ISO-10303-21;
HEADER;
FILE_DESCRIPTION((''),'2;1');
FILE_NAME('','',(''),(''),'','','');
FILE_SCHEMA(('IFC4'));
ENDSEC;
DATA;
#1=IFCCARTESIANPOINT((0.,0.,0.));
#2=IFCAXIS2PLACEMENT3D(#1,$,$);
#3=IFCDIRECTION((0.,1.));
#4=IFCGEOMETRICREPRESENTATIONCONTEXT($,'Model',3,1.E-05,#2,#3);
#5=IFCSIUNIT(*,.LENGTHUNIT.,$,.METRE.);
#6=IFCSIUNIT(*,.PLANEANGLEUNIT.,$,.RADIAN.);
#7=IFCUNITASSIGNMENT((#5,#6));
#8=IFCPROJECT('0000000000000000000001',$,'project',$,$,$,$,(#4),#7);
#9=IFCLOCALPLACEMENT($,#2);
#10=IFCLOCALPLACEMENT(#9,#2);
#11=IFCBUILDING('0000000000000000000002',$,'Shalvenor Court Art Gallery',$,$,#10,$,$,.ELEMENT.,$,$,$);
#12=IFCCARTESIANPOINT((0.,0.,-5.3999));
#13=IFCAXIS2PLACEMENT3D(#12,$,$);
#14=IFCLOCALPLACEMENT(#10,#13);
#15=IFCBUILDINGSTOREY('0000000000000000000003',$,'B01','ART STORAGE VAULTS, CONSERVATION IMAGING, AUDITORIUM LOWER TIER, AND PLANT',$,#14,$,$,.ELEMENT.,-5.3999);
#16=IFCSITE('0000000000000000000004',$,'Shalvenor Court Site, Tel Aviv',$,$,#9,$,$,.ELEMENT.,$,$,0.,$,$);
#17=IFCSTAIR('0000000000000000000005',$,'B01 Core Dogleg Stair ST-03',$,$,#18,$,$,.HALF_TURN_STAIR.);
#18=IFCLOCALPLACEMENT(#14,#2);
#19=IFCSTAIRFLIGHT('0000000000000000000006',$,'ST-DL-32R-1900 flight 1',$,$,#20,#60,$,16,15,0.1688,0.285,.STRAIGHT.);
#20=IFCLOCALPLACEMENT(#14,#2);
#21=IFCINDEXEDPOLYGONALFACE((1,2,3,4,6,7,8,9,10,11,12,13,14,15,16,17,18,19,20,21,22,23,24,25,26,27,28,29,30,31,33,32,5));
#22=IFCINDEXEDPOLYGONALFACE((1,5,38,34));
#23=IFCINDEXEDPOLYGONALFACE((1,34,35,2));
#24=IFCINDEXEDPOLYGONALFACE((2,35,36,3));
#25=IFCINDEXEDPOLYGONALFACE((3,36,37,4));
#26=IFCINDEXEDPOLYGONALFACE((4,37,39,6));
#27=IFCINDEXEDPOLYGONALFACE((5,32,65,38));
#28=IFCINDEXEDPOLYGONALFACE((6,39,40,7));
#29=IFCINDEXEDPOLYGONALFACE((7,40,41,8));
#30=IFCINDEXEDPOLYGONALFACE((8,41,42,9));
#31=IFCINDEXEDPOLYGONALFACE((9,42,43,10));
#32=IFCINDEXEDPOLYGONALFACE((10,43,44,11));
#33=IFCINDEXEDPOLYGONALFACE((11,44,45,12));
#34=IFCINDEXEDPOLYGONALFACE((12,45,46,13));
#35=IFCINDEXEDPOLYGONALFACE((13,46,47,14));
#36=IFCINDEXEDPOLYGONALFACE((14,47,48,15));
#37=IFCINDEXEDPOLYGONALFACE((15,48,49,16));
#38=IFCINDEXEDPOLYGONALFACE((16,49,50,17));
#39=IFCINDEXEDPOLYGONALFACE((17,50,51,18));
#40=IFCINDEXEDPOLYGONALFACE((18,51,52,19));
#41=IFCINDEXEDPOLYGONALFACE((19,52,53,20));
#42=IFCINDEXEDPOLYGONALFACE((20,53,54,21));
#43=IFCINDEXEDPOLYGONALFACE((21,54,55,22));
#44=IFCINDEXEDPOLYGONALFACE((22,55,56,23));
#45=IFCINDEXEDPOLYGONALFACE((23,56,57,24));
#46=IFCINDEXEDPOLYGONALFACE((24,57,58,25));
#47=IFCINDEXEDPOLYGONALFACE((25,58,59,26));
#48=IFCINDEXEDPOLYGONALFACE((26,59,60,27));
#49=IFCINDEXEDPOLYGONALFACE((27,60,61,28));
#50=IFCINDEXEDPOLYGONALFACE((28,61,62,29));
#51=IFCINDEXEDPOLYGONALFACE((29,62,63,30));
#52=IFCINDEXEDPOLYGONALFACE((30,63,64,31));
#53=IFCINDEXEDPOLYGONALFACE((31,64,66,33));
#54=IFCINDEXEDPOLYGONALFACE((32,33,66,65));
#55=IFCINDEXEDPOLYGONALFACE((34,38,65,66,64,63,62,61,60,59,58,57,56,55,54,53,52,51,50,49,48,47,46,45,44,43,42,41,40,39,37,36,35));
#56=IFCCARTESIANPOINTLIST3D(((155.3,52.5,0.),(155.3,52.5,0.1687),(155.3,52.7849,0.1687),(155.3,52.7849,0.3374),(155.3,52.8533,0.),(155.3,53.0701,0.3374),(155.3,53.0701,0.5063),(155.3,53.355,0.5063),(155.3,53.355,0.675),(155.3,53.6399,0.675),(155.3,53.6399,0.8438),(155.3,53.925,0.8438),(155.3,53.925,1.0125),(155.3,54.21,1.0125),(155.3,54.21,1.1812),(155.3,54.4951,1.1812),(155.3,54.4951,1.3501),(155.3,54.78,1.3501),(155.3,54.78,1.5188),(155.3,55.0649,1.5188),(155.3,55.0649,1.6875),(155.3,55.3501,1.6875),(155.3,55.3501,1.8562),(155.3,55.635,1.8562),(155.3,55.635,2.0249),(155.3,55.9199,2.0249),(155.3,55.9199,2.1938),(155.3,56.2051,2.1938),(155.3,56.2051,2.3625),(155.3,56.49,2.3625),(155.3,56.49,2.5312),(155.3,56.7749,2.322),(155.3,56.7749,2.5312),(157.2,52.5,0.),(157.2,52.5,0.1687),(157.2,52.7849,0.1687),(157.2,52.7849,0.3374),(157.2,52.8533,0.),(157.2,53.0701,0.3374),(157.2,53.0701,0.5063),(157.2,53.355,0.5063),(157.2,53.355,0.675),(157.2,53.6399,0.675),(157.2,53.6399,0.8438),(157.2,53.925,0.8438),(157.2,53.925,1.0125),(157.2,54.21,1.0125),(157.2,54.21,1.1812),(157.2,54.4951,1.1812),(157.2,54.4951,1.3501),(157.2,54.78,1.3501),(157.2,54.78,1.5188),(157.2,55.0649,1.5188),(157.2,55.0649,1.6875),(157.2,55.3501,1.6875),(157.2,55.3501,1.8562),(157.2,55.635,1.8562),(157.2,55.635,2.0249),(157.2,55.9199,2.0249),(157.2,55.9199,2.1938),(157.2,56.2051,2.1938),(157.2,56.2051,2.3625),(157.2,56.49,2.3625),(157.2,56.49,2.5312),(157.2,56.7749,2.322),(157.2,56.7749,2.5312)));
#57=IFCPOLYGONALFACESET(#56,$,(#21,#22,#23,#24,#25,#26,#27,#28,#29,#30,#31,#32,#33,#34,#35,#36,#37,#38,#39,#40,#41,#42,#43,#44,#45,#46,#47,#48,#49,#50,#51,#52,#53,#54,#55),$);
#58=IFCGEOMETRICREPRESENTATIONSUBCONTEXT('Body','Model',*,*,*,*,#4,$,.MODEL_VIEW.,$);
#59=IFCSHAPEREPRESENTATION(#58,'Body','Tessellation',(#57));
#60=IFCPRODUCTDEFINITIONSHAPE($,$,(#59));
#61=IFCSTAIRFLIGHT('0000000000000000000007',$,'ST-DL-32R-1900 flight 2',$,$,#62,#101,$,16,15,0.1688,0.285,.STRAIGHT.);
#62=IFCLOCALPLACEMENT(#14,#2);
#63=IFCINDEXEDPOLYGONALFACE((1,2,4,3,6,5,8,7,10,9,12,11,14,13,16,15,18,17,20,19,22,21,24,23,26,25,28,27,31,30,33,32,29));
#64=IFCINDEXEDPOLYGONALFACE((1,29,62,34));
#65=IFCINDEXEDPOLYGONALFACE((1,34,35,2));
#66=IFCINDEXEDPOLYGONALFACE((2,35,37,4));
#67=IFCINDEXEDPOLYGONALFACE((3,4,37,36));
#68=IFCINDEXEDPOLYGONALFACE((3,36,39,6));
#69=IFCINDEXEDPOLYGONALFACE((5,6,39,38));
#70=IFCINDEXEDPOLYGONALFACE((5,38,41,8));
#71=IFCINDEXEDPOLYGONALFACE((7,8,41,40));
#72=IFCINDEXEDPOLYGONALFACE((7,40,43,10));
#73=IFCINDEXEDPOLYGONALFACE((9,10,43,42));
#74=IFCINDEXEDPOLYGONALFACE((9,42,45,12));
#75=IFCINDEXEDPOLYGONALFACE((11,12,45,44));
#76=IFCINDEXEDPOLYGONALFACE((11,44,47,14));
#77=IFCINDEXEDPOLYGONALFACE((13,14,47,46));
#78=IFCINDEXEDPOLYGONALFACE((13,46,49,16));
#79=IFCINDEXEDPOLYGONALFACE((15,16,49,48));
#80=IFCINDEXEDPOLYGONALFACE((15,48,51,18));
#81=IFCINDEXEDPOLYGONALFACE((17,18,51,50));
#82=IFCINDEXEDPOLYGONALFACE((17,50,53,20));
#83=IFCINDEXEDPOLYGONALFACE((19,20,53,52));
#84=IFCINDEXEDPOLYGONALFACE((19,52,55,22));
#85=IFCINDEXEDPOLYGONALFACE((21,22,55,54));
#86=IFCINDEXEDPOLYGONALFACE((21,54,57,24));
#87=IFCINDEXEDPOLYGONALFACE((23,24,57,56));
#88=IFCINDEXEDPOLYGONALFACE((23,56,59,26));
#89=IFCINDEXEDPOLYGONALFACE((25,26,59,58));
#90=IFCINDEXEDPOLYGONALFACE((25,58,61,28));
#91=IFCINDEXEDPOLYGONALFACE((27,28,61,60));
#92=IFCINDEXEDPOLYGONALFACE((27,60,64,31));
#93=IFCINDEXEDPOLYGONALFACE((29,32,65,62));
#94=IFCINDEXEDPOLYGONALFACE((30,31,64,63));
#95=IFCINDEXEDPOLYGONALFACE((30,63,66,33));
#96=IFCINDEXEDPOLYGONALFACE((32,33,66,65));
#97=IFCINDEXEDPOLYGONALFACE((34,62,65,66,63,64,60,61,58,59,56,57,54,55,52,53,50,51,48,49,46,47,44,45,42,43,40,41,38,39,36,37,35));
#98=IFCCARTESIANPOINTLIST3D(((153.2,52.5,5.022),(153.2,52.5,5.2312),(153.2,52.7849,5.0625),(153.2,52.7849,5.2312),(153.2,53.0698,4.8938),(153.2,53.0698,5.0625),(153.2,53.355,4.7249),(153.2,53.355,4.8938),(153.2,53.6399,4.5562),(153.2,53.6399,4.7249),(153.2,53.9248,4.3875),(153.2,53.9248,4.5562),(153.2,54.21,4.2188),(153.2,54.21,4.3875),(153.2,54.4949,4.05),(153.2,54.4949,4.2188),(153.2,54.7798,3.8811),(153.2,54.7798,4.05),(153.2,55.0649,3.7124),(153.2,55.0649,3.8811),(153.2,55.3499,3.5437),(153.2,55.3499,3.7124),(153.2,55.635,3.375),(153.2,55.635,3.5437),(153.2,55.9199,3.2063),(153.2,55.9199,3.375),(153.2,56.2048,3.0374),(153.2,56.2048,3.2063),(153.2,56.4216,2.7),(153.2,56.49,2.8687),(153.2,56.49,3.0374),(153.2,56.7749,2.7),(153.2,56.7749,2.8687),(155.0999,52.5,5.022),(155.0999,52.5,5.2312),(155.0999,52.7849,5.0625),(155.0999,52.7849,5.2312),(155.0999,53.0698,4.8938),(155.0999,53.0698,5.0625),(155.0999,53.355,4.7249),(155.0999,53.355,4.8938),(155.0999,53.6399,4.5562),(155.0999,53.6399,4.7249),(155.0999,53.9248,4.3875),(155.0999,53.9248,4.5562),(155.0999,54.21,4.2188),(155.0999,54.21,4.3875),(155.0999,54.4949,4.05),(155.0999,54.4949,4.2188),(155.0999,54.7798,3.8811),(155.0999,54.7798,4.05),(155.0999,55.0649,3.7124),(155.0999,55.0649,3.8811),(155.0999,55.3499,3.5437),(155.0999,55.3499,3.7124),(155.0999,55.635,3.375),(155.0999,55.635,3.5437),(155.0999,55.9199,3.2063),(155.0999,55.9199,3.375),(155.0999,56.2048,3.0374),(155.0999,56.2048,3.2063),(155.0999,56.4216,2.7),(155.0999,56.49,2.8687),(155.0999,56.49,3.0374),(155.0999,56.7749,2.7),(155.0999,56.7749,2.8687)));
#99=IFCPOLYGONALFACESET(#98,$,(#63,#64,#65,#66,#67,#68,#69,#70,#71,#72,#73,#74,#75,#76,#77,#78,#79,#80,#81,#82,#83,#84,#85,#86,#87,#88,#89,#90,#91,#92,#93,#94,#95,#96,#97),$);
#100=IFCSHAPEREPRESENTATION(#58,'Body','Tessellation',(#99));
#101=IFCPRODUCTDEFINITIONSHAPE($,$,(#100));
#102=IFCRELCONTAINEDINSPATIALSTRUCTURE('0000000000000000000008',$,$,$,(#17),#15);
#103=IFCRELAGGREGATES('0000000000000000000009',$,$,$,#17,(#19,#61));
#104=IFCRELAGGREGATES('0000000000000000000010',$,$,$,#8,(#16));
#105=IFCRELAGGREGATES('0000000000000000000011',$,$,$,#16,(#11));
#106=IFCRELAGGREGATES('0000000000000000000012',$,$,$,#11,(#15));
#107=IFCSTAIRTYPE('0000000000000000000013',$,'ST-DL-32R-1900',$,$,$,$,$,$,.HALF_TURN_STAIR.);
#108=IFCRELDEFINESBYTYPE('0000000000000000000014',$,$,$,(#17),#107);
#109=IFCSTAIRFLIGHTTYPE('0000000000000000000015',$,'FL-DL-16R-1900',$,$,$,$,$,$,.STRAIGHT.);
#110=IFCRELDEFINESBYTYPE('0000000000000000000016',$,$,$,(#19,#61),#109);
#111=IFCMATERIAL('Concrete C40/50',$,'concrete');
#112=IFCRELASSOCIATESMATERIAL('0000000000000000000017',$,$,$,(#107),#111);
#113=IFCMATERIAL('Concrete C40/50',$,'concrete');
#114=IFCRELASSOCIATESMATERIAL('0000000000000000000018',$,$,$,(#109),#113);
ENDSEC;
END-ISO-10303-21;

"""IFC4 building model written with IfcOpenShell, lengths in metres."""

from ifc_helpers import new_model, si_unit, direction, frame, origin, place, context, subcontext, project, spatial, polyline, outline, extrude, material, type_object, element, aggregate, save


model = new_model("IFC4")

# Units and contexts
model_context = context("Model", 3, precision=1e-05, world=origin(), true_north=direction((0.0, 1.0)))
body_context = subcontext(model_context, "Body", "Model", "MODEL_VIEW")
ifc_project = project(units=[si_unit("LENGTHUNIT", "METRE"), si_unit("PLANEANGLEUNIT", "RADIAN")], contexts=[model_context])

# Site, building, storey
site_placement = place(None, origin())
site = spatial("IfcSite", under=ifc_project, at=site_placement, Name="Shalvenor Court Site, Tel Aviv", CompositionType="ELEMENT", RefElevation=0.0)
building_placement = place(site_placement, origin())
building = spatial("IfcBuilding", under=site, at=building_placement, Name="Shalvenor Court Art Gallery", CompositionType="ELEMENT")
storey_placement = place(building_placement, frame((0.0, 0.0, -5.3999)))
storey = spatial("IfcBuildingStorey", under=building, at=storey_placement, Name="B01", Description="ART STORAGE VAULTS, CONSERVATION IMAGING, AUDITORIUM LOWER TIER, AND PLANT", CompositionType="ELEMENT", Elevation=-5.3999)

# Stair, stair flights
ifc_material_1 = material(Name="Concrete C40/50", Category="concrete")
stair_type = type_object("IfcStairType", Name="ST-DL-32R-1900", PredefinedType="HALF_TURN_STAIR", material=ifc_material_1)
stair_placement = place(storey_placement, origin())
stair = element("IfcStair", 1, at=stair_placement, inside=storey, type_object=stair_type, Name="B01 Core Dogleg Stair ST-03", PredefinedType="HALF_TURN_STAIR")
ifc_material_2 = material(Name="Concrete C40/50", Category="concrete")
stair_flight_type = type_object("IfcStairFlightType", Name="FL-DL-16R-1900", PredefinedType="STRAIGHT", material=ifc_material_2)
stair_flight_1_placement = place(storey_placement, frame((156.25, 52.5, 0.0), z_axis=(0.0, 0.0, 1.0), x_axis=(0.0, 1.0, 0.0)))
stair_flight_1 = element("IfcStairFlight", 2, at=stair_flight_1_placement, type_object=stair_flight_type, Name="ST-DL-32R-1900 flight 1", NumberOfRisers=16, NumberOfTreads=15, PredefinedType="STRAIGHT", RiserHeight=0.1688, TreadLength=0.285, context=body_context, shape_type="SweptSolid", body=[
    extrude(outline(polyline([(0.0, 0.0), (0.0, 0.1687), (0.2849, 0.1687), (0.2849, 0.3374), (0.5701, 0.3374), (0.5701, 0.5063), (0.855, 0.5063), (0.855, 0.675), (1.1399, 0.675), (1.1399, 0.8438), (1.425, 0.8438), (1.425, 1.0125), (1.71, 1.0125), (1.71, 1.1812), (1.9951, 1.1812), (1.9951, 1.3501), (2.28, 1.3501), (2.28, 1.5188), (2.5649, 1.5188), (2.5649, 1.6875), (2.8501, 1.6875), (2.8501, 1.8562), (3.135, 1.8562), (3.135, 2.0249), (3.4199, 2.0249), (3.4199, 2.1938), (3.7051, 2.1938), (3.7051, 2.3625), (3.99, 2.3625), (3.99, 2.5312), (4.2749, 2.5312), (4.2749, 2.7), (4.2749, 2.322), (0.3533, 0.0), (0.0, 0.0)])), frame((0.0, 0.95, 0.0), z_axis=(0.0, -1.0, 0.0), x_axis=(1.0, 0.0, 0.0)), (0.0, 0.0, 1.0), 1.8999),
])
stair_flight_2_placement = place(storey_placement, frame((154.1499, 56.7749, 2.7), z_axis=(0.0, 0.0, 1.0), x_axis=(0.0, -1.0, 0.0)))
stair_flight_2 = element("IfcStairFlight", 3, at=stair_flight_2_placement, type_object=stair_flight_type, Name="ST-DL-32R-1900 flight 2", NumberOfRisers=16, NumberOfTreads=15, PredefinedType="STRAIGHT", RiserHeight=0.1688, TreadLength=0.285, context=body_context, shape_type="SweptSolid", body=[
    extrude(outline(polyline([(0.0, 0.0), (0.0, 0.1687), (0.2849, 0.1687), (0.2849, 0.3374), (0.5701, 0.3374), (0.5701, 0.5063), (0.855, 0.5063), (0.855, 0.675), (1.1399, 0.675), (1.1399, 0.8438), (1.425, 0.8438), (1.425, 1.0125), (1.71, 1.0125), (1.71, 1.1812), (1.9951, 1.1812), (1.9951, 1.3501), (2.28, 1.3501), (2.28, 1.5188), (2.5649, 1.5188), (2.5649, 1.6875), (2.8501, 1.6875), (2.8501, 1.8562), (3.135, 1.8562), (3.135, 2.0249), (3.4199, 2.0249), (3.4199, 2.1938), (3.7051, 2.1938), (3.7051, 2.3625), (3.99, 2.3625), (3.99, 2.5312), (4.2749, 2.5312), (4.2749, 2.7), (4.2749, 2.322), (0.3533, 0.0), (0.0, 0.0)])), frame((0.0, 0.95, 0.0), z_axis=(0.0, -1.0, 0.0), x_axis=(1.0, 0.0, 0.0)), (0.0, 0.0, 1.0), 1.8999),
])
aggregate(stair, [stair_flight_1, stair_flight_2])

save(model, "model.ifc")
